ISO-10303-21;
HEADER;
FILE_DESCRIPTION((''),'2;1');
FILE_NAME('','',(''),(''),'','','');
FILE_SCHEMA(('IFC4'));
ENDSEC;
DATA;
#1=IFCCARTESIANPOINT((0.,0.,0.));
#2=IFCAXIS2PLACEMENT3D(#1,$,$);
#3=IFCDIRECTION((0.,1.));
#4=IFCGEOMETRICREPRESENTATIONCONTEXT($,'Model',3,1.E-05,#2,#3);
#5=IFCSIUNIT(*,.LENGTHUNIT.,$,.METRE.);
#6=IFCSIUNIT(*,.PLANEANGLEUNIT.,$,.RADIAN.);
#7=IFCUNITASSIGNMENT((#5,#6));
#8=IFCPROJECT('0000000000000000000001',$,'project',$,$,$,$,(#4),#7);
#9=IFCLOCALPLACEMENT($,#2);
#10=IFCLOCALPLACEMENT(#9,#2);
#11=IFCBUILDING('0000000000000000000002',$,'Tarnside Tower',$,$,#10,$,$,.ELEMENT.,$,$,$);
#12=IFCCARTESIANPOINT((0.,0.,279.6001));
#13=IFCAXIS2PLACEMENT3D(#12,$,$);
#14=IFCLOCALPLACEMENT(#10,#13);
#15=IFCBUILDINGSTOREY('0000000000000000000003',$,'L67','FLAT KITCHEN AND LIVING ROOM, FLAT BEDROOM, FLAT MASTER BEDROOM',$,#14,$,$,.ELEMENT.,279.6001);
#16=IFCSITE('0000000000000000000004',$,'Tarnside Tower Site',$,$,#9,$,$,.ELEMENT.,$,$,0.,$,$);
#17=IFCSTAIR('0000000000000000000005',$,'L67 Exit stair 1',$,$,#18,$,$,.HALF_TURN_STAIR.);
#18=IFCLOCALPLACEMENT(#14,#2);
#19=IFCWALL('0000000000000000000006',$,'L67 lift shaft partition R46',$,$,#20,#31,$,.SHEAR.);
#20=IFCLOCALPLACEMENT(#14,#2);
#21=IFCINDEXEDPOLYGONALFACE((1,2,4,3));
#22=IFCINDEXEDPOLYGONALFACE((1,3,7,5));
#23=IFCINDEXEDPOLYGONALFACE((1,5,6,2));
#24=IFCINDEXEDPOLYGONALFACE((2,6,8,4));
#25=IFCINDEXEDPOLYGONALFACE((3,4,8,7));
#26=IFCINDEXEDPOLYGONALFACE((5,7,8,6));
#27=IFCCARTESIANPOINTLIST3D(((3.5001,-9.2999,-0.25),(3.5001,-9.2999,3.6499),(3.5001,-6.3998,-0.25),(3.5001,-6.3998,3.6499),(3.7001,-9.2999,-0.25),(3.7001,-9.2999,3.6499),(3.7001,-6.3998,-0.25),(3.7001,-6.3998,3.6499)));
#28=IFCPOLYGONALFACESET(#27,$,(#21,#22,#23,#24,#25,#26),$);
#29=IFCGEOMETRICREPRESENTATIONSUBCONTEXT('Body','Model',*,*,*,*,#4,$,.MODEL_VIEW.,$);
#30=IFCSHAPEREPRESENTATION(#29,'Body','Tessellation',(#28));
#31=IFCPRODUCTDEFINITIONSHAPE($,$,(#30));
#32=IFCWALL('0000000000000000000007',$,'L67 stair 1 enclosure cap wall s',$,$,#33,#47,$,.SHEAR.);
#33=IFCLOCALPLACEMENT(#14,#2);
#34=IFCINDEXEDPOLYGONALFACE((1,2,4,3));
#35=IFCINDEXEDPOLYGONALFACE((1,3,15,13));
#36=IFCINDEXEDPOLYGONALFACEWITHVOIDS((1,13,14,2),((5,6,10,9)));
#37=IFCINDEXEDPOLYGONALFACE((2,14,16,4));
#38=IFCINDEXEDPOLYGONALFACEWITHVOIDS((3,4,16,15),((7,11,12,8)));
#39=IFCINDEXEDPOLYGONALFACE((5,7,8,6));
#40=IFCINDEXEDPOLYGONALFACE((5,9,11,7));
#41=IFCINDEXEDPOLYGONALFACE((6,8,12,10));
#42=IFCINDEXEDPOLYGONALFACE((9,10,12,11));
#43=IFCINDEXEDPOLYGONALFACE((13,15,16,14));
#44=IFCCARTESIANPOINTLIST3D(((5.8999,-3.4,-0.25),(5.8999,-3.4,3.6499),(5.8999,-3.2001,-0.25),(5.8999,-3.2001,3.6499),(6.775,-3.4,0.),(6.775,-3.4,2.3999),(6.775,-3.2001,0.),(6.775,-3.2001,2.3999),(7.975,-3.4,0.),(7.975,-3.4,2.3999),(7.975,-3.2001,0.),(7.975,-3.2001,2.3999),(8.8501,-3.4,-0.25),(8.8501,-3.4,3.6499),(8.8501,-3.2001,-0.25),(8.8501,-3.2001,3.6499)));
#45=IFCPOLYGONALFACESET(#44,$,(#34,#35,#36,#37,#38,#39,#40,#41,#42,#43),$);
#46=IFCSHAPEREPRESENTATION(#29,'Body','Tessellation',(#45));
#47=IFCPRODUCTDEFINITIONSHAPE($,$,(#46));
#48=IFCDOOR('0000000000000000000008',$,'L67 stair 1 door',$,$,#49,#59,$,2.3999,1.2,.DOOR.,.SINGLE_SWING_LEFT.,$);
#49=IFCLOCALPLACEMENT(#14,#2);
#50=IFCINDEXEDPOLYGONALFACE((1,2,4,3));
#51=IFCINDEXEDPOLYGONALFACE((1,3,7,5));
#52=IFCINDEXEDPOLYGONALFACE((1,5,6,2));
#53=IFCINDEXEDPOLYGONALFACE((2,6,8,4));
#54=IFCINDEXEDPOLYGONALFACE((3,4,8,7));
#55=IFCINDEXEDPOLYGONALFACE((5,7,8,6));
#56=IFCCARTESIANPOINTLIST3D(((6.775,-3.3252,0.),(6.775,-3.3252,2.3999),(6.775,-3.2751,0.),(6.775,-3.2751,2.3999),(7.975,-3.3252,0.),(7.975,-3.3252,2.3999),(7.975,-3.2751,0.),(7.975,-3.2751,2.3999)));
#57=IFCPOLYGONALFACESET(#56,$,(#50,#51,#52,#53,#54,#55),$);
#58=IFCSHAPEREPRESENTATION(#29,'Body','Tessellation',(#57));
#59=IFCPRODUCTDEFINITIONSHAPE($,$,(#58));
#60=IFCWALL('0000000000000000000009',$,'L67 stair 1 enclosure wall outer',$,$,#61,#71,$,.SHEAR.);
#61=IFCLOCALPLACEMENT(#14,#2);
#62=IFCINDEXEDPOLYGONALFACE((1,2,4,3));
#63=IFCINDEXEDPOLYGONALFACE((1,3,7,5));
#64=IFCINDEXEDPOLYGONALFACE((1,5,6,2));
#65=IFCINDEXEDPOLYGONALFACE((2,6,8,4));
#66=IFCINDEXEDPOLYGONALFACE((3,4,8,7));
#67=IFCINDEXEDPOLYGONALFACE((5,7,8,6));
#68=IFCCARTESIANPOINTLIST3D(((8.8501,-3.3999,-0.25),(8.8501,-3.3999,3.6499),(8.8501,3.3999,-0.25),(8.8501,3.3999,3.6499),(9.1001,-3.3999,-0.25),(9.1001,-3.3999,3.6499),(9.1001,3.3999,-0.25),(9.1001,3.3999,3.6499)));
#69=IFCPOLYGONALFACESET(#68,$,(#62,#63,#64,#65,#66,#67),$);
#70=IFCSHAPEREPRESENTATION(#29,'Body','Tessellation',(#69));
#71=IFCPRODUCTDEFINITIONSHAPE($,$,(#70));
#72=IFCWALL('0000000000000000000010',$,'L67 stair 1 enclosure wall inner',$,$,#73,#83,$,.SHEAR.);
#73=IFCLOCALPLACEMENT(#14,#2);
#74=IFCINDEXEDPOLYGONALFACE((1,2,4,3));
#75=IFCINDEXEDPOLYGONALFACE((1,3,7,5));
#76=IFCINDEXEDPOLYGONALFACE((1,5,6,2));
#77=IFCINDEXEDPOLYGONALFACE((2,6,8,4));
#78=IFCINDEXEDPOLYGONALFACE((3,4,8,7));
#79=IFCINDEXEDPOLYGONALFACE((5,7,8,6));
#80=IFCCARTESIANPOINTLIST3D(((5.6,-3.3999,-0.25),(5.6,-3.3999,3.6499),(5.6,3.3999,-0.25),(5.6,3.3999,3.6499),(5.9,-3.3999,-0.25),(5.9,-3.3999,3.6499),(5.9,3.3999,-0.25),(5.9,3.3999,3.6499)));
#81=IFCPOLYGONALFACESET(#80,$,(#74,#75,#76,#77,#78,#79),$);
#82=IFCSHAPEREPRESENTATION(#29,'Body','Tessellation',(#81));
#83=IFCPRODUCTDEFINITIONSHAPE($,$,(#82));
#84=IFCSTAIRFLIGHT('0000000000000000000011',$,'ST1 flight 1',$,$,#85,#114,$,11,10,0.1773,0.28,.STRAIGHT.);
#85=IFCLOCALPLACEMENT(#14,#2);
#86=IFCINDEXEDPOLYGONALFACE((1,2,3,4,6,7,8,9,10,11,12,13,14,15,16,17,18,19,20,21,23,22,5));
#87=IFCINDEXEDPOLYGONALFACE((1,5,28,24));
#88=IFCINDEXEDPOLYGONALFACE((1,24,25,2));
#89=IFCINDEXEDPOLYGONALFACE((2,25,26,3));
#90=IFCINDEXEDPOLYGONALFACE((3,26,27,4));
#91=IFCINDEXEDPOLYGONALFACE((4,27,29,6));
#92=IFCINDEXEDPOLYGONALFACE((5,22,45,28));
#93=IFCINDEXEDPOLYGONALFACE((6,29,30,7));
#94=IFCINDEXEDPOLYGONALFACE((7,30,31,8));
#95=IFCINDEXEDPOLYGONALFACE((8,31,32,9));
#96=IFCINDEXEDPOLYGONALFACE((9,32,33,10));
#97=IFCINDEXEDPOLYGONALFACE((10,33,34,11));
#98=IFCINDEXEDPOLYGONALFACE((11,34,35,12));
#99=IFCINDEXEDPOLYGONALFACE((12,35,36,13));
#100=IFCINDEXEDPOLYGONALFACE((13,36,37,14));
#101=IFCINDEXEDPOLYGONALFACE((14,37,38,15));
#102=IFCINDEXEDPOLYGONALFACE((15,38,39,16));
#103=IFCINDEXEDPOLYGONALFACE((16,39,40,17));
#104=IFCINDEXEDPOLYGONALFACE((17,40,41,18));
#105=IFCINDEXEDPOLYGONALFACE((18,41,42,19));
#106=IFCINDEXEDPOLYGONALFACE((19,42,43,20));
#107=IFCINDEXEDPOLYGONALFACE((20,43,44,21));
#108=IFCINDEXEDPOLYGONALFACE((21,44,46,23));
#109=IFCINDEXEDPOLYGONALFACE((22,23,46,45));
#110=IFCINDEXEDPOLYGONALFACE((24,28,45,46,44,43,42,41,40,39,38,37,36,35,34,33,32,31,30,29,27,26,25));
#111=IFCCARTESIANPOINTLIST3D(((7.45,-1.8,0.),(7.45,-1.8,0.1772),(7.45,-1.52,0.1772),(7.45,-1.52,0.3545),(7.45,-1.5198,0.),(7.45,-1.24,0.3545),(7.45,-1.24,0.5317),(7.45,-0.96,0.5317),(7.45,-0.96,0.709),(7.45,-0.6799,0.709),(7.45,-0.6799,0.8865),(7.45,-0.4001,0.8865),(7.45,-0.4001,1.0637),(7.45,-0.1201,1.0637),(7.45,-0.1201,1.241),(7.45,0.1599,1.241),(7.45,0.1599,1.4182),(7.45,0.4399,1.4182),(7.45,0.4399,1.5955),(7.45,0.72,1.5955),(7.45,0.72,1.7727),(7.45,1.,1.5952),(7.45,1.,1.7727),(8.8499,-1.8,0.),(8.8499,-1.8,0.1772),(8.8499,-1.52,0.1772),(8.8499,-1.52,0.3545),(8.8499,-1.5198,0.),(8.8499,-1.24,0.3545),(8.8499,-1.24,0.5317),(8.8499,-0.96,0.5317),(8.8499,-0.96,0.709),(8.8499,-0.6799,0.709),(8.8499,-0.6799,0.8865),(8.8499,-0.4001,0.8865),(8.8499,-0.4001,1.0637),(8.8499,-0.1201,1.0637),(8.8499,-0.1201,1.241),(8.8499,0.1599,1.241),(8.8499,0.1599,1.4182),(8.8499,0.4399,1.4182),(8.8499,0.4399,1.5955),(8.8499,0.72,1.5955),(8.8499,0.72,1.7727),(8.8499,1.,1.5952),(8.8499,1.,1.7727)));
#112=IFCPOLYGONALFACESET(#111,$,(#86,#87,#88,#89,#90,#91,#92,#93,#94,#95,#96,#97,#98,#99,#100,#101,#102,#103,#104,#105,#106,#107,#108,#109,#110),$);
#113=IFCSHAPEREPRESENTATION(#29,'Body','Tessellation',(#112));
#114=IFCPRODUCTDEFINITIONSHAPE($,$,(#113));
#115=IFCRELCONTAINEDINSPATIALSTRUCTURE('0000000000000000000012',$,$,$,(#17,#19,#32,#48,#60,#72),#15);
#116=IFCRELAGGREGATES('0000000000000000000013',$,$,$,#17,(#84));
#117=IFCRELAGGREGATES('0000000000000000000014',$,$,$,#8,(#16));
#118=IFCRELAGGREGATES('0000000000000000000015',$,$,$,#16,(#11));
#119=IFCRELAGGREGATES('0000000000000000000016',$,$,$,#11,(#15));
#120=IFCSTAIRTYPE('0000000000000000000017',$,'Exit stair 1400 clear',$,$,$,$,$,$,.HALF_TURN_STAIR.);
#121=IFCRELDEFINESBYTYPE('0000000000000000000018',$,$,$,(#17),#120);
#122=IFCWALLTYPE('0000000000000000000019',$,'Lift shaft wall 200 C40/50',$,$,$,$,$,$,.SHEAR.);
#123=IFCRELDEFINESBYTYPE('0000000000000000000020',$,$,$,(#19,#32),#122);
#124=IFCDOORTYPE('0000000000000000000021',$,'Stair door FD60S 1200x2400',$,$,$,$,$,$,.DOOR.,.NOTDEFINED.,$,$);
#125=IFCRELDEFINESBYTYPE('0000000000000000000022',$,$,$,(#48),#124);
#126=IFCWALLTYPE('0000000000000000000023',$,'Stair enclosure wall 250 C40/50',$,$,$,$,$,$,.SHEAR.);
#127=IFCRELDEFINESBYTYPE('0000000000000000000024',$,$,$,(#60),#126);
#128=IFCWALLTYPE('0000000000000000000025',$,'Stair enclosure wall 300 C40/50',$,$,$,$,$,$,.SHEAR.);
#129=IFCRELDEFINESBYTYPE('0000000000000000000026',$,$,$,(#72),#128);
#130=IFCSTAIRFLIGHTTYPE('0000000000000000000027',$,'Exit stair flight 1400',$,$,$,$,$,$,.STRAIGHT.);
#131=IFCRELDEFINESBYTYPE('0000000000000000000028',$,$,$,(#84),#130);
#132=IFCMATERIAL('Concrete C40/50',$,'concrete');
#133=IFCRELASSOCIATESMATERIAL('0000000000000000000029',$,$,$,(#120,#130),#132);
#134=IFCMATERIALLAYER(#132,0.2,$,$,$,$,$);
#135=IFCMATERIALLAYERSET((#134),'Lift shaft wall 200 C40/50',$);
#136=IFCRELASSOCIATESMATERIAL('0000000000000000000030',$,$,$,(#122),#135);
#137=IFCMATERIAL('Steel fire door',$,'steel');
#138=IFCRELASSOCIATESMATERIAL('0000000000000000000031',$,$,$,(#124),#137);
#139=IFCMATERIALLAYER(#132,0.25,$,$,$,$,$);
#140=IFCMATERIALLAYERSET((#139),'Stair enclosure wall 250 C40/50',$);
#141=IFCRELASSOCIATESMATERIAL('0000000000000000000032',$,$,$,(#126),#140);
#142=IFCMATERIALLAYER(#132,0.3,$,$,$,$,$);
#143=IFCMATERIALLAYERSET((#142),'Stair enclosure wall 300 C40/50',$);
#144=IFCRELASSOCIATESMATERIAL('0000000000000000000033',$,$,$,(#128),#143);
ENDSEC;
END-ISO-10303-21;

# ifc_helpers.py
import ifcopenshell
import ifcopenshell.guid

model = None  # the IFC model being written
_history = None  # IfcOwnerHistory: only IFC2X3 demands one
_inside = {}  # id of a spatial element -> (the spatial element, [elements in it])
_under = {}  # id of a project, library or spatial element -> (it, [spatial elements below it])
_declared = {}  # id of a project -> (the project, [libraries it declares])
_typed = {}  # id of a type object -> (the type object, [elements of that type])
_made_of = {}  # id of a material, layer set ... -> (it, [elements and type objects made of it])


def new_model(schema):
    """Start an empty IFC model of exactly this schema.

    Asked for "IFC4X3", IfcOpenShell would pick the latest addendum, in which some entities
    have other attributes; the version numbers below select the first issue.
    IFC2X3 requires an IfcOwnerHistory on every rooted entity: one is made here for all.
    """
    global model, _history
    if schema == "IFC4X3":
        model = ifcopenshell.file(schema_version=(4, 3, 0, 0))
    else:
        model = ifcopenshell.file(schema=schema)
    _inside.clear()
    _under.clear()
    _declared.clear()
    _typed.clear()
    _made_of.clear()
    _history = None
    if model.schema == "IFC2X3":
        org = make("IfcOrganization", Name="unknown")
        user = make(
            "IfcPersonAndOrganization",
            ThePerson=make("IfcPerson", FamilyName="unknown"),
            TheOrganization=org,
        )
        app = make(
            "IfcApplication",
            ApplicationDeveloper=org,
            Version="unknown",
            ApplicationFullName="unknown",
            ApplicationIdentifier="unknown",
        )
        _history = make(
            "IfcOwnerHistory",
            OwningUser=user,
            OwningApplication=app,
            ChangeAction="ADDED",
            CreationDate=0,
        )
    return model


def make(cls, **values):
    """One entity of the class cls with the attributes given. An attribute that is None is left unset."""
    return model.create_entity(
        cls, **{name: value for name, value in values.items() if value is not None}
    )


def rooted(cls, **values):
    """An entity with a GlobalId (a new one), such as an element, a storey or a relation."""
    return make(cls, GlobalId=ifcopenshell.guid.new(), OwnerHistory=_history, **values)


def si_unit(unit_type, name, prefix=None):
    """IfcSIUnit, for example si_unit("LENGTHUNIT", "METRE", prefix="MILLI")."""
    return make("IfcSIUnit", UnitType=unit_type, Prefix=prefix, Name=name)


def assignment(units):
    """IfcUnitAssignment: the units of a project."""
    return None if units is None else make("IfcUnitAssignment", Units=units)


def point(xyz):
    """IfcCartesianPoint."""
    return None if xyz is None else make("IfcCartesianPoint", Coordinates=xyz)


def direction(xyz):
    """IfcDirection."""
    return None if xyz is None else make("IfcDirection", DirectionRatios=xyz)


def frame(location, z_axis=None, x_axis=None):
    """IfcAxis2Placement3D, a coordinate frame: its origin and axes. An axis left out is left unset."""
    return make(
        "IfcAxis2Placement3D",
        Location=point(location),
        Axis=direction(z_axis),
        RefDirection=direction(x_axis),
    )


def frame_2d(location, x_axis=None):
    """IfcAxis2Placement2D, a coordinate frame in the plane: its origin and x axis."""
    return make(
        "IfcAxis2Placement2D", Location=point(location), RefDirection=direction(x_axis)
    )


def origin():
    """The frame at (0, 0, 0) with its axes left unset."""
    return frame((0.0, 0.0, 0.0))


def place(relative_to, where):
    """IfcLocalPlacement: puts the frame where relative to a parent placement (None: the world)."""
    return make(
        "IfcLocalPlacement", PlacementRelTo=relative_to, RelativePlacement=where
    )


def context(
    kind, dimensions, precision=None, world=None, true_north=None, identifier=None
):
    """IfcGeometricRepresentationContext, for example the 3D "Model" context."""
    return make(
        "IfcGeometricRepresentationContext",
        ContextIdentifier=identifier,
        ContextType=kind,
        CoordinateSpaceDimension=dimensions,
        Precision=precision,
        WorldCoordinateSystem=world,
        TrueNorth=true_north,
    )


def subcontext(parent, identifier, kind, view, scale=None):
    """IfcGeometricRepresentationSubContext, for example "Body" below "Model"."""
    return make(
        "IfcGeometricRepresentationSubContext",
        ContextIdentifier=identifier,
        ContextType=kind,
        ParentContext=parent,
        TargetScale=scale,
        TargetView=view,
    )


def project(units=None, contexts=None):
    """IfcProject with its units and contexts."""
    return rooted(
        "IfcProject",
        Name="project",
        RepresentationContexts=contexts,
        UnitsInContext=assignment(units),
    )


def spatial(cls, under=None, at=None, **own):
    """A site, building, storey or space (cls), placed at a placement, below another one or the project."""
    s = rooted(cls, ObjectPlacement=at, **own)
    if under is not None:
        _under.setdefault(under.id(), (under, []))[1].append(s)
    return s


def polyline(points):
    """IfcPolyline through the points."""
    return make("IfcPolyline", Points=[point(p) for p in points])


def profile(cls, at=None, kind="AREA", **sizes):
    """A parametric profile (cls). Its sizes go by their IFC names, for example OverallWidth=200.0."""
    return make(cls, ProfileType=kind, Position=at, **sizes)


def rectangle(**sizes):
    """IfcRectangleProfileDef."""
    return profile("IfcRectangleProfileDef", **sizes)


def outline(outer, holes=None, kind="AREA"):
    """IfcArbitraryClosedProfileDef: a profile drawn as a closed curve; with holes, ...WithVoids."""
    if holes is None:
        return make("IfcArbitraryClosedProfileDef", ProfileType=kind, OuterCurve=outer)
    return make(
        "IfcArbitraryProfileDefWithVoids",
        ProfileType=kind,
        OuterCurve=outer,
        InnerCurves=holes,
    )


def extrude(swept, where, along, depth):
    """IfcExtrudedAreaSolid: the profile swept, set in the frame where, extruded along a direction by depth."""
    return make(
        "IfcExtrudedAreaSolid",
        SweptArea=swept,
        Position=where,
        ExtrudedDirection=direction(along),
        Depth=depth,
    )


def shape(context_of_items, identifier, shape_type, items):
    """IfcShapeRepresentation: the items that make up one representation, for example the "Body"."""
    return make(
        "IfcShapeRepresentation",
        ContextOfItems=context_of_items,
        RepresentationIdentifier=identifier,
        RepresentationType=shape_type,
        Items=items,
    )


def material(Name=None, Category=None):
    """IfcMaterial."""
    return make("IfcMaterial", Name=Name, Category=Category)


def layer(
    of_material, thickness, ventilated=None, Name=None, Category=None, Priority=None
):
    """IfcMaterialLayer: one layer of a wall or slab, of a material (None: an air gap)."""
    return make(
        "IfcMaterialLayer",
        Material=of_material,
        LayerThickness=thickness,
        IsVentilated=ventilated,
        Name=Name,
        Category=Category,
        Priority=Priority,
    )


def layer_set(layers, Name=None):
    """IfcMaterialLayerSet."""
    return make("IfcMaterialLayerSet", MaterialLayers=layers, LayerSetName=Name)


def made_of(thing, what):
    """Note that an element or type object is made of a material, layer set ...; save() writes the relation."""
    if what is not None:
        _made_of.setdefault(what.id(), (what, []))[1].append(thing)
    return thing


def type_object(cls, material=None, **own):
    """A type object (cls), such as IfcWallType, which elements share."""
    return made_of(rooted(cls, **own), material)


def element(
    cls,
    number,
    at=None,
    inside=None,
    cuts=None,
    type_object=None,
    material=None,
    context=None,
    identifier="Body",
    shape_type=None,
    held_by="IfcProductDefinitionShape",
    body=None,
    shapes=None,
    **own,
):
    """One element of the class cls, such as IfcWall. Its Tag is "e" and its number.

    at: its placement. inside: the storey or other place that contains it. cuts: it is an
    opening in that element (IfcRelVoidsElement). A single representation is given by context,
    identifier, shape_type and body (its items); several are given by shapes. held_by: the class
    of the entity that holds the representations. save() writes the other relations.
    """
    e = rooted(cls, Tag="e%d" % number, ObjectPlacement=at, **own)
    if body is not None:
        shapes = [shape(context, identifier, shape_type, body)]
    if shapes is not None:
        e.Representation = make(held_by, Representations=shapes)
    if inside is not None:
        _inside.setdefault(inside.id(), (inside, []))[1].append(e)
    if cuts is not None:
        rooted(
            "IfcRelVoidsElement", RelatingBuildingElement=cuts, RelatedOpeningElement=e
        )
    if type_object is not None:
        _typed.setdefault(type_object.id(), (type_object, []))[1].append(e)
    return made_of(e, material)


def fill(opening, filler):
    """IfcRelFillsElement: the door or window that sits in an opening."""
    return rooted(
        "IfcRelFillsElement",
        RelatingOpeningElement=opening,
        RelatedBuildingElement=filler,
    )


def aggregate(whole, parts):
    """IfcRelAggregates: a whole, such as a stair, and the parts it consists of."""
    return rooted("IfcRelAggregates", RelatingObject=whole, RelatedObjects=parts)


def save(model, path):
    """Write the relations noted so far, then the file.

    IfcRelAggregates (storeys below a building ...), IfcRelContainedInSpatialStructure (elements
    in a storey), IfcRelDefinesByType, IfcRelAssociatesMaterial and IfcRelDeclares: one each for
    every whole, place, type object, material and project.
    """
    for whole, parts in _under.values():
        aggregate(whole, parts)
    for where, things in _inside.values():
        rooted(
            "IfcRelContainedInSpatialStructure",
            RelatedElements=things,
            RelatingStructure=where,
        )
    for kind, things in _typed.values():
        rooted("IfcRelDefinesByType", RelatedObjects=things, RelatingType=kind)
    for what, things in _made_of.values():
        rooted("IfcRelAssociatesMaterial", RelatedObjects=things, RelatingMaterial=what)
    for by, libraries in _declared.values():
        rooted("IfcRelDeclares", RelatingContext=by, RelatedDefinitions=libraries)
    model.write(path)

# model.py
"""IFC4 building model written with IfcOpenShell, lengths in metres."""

from ifc_helpers import new_model, si_unit, direction, frame, frame_2d, origin, place, context, subcontext, project, spatial, polyline, rectangle, outline, extrude, material, layer, layer_set, type_object, element, fill, aggregate, save


model = new_model("IFC4")

# Units and contexts
model_context = context("Model", 3, precision=1e-05, world=origin(), true_north=direction((0.0, 1.0)))
body_context = subcontext(model_context, "Body", "Model", "MODEL_VIEW")
ifc_project = project(units=[si_unit("LENGTHUNIT", "METRE"), si_unit("PLANEANGLEUNIT", "RADIAN")], contexts=[model_context])

# Site, building, storey
site_placement = place(None, origin())
site = spatial("IfcSite", under=ifc_project, at=site_placement, Name="Tarnside Tower Site", CompositionType="ELEMENT", RefElevation=0.0)
building_placement = place(site_placement, origin())
building = spatial("IfcBuilding", under=site, at=building_placement, Name="Tarnside Tower", CompositionType="ELEMENT")
storey_placement = place(building_placement, frame((0.0, 0.0, 279.6001)))
storey = spatial("IfcBuildingStorey", under=building, at=storey_placement, Name="L67", Description="FLAT KITCHEN AND LIVING ROOM, FLAT BEDROOM, FLAT MASTER BEDROOM", CompositionType="ELEMENT", Elevation=279.6001)

# Shared definitions
ifc_material_1 = material(Name="Concrete C40/50", Category="concrete")

# Stair
stair_type = type_object("IfcStairType", Name="Exit stair 1400 clear", PredefinedType="HALF_TURN_STAIR", material=ifc_material_1)
stair_1_placement = place(storey_placement, origin())
stair_1 = element("IfcStair", 1, at=stair_1_placement, inside=storey, type_object=stair_type, Name="L67 Exit stair 1", PredefinedType="HALF_TURN_STAIR")

# Shared definitions
ifc_material_2 = material(Name="Steel fire door", Category="steel")

# Wall
ifc_layer_1 = layer(ifc_material_1, 0.2)
ifc_layer_set_1 = layer_set([ifc_layer_1], Name="Lift shaft wall 200 C40/50")
wall_type_1 = type_object("IfcWallType", Name="Lift shaft wall 200 C40/50", PredefinedType="SHEAR", material=ifc_layer_set_1)
for number, where, z_axis, x_axis, name in (
    (2, (3.6001, -9.3, -0.25), (0.0, 0.0, 1.0), (0.0, 1.0, 0.0), "L67 lift shaft partition R46"),
):
    element("IfcWall", number, at=place(storey_placement, frame(where, z_axis=z_axis, x_axis=x_axis)), inside=storey, type_object=wall_type_1, Name=name, PredefinedType="SHEAR", context=body_context, shape_type="SweptSolid", body=[
        extrude(rectangle(XDim=2.9001, YDim=0.2, at=frame_2d((1.4502, 0.0))), origin(), (0.0, 0.0, 1.0), 3.8999),
    ])

# Wall, opening, door
wall_1_placement = place(storey_placement, frame((5.8999, -3.3, -0.25), z_axis=(0.0, 0.0, 1.0), x_axis=(1.0, 0.0, 0.0)))
wall_1 = element("IfcWall", 3, at=wall_1_placement, inside=storey, type_object=wall_type_1, Name="L67 stair 1 enclosure cap wall s", PredefinedType="SHEAR", context=body_context, shape_type="SweptSolid", body=[
    extrude(rectangle(XDim=2.9502, YDim=0.2, at=frame_2d((1.4751, 0.0))), origin(), (0.0, 0.0, 1.0), 3.8999),
])
opening_1_placement = place(wall_1_placement, frame((0.875, 0.0, 0.25)))
opening_1 = element("IfcOpeningElement", 4, at=opening_1_placement, cuts=wall_1, PredefinedType="OPENING", context=body_context, shape_type="SweptSolid", body=[
    extrude(rectangle(XDim=1.2, YDim=2.3999, at=frame_2d((0.6001, 1.2))), frame((0.0, 0.1099, 0.0), z_axis=(0.0, -1.0, 0.0), x_axis=(1.0, 0.0, 0.0)), (0.0, 0.0, 1.0), 0.22),
])
door_type_1 = type_object("IfcDoorType", Name="Stair door FD60S 1200x2400", OperationType="NOTDEFINED", PredefinedType="DOOR", material=ifc_material_2)
door_1_placement = place(opening_1_placement, origin())
door_1 = element("IfcDoor", 5, at=door_1_placement, inside=storey, type_object=door_type_1, Name="L67 stair 1 door", OperationType="SINGLE_SWING_LEFT", OverallHeight=2.3999, OverallWidth=1.2, PredefinedType="DOOR", context=body_context, shape_type="SweptSolid", body=[
    extrude(rectangle(XDim=1.2, YDim=2.3999, at=frame_2d((0.6001, 1.2))), frame((0.0, 0.0249, 0.0), z_axis=(0.0, -1.0, 0.0), x_axis=(1.0, 0.0, 0.0)), (0.0, 0.0, 1.0), 0.05),
])
fill(opening_1, door_1)

# Walls
ifc_layer_2 = layer(ifc_material_1, 0.25)
ifc_layer_set_2 = layer_set([ifc_layer_2], Name="Stair enclosure wall 250 C40/50")
wall_type_2 = type_object("IfcWallType", Name="Stair enclosure wall 250 C40/50", PredefinedType="SHEAR", material=ifc_layer_set_2)
wall_2_placement = place(storey_placement, frame((8.9751, -3.3999, -0.25), z_axis=(0.0, 0.0, 1.0), x_axis=(0.0, 1.0, 0.0)))
element("IfcWall", 6, at=wall_2_placement, inside=storey, type_object=wall_type_2, Name="L67 stair 1 enclosure wall outer", PredefinedType="SHEAR", context=body_context, shape_type="SweptSolid", body=[
    extrude(rectangle(XDim=6.7998, YDim=0.25, at=frame_2d((3.3999, 0.0))), origin(), (0.0, 0.0, 1.0), 3.8999),
])
ifc_layer_3 = layer(ifc_material_1, 0.3)
ifc_layer_set_3 = layer_set([ifc_layer_3], Name="Stair enclosure wall 300 C40/50")
wall_type_3 = type_object("IfcWallType", Name="Stair enclosure wall 300 C40/50", PredefinedType="SHEAR", material=ifc_layer_set_3)
wall_3_placement = place(storey_placement, frame((5.75, -3.3999, -0.25), z_axis=(0.0, 0.0, 1.0), x_axis=(0.0, 1.0, 0.0)))
element("IfcWall", 7, at=wall_3_placement, inside=storey, type_object=wall_type_3, Name="L67 stair 1 enclosure wall inner", PredefinedType="SHEAR", context=body_context, shape_type="SweptSolid", body=[
    extrude(rectangle(XDim=6.7998, YDim=0.3, at=frame_2d((3.3999, 0.0))), origin(), (0.0, 0.0, 1.0), 3.8999),
])

# Stair flight
stair_flight_type = type_object("IfcStairFlightType", Name="Exit stair flight 1400", PredefinedType="STRAIGHT", material=ifc_material_1)
stair_flight_placement = place(storey_placement, frame((8.1499, -1.8, 0.0), z_axis=(0.0, 0.0, 1.0), x_axis=(0.0, 1.0, 0.0)))
stair_flight = element("IfcStairFlight", 8, at=stair_flight_placement, type_object=stair_flight_type, Name="ST1 flight 1", NumberOfRisers=11, NumberOfTreads=10, PredefinedType="STRAIGHT", RiserHeight=0.1773, TreadLength=0.28, context=body_context, shape_type="SweptSolid", body=[
    extrude(outline(polyline([(0.0, 0.0), (0.0, 0.1772), (0.28, 0.1772), (0.28, 0.3545), (0.5601, 0.3545), (0.5601, 0.5317), (0.8401, 0.5317), (0.8401, 0.709), (1.1201, 0.709), (1.1201, 0.8865), (1.3999, 0.8865), (1.3999, 1.0637), (1.6799, 1.0637), (1.6799, 1.241), (1.96, 1.241), (1.96, 1.4182), (2.24, 1.4182), (2.24, 1.5955), (2.52, 1.5955), (2.52, 1.7727), (2.8, 1.7727), (2.8, 1.95), (2.8, 1.5952), (0.2803, 0.0), (0.0, 0.0)])), frame((0.0, 0.7, 0.0), z_axis=(0.0, -1.0, 0.0), x_axis=(1.0, 0.0, 0.0)), (0.0, 0.0, 1.0), 1.3999),
])
aggregate(stair_1, [stair_flight])

save(model, "model.ifc")
